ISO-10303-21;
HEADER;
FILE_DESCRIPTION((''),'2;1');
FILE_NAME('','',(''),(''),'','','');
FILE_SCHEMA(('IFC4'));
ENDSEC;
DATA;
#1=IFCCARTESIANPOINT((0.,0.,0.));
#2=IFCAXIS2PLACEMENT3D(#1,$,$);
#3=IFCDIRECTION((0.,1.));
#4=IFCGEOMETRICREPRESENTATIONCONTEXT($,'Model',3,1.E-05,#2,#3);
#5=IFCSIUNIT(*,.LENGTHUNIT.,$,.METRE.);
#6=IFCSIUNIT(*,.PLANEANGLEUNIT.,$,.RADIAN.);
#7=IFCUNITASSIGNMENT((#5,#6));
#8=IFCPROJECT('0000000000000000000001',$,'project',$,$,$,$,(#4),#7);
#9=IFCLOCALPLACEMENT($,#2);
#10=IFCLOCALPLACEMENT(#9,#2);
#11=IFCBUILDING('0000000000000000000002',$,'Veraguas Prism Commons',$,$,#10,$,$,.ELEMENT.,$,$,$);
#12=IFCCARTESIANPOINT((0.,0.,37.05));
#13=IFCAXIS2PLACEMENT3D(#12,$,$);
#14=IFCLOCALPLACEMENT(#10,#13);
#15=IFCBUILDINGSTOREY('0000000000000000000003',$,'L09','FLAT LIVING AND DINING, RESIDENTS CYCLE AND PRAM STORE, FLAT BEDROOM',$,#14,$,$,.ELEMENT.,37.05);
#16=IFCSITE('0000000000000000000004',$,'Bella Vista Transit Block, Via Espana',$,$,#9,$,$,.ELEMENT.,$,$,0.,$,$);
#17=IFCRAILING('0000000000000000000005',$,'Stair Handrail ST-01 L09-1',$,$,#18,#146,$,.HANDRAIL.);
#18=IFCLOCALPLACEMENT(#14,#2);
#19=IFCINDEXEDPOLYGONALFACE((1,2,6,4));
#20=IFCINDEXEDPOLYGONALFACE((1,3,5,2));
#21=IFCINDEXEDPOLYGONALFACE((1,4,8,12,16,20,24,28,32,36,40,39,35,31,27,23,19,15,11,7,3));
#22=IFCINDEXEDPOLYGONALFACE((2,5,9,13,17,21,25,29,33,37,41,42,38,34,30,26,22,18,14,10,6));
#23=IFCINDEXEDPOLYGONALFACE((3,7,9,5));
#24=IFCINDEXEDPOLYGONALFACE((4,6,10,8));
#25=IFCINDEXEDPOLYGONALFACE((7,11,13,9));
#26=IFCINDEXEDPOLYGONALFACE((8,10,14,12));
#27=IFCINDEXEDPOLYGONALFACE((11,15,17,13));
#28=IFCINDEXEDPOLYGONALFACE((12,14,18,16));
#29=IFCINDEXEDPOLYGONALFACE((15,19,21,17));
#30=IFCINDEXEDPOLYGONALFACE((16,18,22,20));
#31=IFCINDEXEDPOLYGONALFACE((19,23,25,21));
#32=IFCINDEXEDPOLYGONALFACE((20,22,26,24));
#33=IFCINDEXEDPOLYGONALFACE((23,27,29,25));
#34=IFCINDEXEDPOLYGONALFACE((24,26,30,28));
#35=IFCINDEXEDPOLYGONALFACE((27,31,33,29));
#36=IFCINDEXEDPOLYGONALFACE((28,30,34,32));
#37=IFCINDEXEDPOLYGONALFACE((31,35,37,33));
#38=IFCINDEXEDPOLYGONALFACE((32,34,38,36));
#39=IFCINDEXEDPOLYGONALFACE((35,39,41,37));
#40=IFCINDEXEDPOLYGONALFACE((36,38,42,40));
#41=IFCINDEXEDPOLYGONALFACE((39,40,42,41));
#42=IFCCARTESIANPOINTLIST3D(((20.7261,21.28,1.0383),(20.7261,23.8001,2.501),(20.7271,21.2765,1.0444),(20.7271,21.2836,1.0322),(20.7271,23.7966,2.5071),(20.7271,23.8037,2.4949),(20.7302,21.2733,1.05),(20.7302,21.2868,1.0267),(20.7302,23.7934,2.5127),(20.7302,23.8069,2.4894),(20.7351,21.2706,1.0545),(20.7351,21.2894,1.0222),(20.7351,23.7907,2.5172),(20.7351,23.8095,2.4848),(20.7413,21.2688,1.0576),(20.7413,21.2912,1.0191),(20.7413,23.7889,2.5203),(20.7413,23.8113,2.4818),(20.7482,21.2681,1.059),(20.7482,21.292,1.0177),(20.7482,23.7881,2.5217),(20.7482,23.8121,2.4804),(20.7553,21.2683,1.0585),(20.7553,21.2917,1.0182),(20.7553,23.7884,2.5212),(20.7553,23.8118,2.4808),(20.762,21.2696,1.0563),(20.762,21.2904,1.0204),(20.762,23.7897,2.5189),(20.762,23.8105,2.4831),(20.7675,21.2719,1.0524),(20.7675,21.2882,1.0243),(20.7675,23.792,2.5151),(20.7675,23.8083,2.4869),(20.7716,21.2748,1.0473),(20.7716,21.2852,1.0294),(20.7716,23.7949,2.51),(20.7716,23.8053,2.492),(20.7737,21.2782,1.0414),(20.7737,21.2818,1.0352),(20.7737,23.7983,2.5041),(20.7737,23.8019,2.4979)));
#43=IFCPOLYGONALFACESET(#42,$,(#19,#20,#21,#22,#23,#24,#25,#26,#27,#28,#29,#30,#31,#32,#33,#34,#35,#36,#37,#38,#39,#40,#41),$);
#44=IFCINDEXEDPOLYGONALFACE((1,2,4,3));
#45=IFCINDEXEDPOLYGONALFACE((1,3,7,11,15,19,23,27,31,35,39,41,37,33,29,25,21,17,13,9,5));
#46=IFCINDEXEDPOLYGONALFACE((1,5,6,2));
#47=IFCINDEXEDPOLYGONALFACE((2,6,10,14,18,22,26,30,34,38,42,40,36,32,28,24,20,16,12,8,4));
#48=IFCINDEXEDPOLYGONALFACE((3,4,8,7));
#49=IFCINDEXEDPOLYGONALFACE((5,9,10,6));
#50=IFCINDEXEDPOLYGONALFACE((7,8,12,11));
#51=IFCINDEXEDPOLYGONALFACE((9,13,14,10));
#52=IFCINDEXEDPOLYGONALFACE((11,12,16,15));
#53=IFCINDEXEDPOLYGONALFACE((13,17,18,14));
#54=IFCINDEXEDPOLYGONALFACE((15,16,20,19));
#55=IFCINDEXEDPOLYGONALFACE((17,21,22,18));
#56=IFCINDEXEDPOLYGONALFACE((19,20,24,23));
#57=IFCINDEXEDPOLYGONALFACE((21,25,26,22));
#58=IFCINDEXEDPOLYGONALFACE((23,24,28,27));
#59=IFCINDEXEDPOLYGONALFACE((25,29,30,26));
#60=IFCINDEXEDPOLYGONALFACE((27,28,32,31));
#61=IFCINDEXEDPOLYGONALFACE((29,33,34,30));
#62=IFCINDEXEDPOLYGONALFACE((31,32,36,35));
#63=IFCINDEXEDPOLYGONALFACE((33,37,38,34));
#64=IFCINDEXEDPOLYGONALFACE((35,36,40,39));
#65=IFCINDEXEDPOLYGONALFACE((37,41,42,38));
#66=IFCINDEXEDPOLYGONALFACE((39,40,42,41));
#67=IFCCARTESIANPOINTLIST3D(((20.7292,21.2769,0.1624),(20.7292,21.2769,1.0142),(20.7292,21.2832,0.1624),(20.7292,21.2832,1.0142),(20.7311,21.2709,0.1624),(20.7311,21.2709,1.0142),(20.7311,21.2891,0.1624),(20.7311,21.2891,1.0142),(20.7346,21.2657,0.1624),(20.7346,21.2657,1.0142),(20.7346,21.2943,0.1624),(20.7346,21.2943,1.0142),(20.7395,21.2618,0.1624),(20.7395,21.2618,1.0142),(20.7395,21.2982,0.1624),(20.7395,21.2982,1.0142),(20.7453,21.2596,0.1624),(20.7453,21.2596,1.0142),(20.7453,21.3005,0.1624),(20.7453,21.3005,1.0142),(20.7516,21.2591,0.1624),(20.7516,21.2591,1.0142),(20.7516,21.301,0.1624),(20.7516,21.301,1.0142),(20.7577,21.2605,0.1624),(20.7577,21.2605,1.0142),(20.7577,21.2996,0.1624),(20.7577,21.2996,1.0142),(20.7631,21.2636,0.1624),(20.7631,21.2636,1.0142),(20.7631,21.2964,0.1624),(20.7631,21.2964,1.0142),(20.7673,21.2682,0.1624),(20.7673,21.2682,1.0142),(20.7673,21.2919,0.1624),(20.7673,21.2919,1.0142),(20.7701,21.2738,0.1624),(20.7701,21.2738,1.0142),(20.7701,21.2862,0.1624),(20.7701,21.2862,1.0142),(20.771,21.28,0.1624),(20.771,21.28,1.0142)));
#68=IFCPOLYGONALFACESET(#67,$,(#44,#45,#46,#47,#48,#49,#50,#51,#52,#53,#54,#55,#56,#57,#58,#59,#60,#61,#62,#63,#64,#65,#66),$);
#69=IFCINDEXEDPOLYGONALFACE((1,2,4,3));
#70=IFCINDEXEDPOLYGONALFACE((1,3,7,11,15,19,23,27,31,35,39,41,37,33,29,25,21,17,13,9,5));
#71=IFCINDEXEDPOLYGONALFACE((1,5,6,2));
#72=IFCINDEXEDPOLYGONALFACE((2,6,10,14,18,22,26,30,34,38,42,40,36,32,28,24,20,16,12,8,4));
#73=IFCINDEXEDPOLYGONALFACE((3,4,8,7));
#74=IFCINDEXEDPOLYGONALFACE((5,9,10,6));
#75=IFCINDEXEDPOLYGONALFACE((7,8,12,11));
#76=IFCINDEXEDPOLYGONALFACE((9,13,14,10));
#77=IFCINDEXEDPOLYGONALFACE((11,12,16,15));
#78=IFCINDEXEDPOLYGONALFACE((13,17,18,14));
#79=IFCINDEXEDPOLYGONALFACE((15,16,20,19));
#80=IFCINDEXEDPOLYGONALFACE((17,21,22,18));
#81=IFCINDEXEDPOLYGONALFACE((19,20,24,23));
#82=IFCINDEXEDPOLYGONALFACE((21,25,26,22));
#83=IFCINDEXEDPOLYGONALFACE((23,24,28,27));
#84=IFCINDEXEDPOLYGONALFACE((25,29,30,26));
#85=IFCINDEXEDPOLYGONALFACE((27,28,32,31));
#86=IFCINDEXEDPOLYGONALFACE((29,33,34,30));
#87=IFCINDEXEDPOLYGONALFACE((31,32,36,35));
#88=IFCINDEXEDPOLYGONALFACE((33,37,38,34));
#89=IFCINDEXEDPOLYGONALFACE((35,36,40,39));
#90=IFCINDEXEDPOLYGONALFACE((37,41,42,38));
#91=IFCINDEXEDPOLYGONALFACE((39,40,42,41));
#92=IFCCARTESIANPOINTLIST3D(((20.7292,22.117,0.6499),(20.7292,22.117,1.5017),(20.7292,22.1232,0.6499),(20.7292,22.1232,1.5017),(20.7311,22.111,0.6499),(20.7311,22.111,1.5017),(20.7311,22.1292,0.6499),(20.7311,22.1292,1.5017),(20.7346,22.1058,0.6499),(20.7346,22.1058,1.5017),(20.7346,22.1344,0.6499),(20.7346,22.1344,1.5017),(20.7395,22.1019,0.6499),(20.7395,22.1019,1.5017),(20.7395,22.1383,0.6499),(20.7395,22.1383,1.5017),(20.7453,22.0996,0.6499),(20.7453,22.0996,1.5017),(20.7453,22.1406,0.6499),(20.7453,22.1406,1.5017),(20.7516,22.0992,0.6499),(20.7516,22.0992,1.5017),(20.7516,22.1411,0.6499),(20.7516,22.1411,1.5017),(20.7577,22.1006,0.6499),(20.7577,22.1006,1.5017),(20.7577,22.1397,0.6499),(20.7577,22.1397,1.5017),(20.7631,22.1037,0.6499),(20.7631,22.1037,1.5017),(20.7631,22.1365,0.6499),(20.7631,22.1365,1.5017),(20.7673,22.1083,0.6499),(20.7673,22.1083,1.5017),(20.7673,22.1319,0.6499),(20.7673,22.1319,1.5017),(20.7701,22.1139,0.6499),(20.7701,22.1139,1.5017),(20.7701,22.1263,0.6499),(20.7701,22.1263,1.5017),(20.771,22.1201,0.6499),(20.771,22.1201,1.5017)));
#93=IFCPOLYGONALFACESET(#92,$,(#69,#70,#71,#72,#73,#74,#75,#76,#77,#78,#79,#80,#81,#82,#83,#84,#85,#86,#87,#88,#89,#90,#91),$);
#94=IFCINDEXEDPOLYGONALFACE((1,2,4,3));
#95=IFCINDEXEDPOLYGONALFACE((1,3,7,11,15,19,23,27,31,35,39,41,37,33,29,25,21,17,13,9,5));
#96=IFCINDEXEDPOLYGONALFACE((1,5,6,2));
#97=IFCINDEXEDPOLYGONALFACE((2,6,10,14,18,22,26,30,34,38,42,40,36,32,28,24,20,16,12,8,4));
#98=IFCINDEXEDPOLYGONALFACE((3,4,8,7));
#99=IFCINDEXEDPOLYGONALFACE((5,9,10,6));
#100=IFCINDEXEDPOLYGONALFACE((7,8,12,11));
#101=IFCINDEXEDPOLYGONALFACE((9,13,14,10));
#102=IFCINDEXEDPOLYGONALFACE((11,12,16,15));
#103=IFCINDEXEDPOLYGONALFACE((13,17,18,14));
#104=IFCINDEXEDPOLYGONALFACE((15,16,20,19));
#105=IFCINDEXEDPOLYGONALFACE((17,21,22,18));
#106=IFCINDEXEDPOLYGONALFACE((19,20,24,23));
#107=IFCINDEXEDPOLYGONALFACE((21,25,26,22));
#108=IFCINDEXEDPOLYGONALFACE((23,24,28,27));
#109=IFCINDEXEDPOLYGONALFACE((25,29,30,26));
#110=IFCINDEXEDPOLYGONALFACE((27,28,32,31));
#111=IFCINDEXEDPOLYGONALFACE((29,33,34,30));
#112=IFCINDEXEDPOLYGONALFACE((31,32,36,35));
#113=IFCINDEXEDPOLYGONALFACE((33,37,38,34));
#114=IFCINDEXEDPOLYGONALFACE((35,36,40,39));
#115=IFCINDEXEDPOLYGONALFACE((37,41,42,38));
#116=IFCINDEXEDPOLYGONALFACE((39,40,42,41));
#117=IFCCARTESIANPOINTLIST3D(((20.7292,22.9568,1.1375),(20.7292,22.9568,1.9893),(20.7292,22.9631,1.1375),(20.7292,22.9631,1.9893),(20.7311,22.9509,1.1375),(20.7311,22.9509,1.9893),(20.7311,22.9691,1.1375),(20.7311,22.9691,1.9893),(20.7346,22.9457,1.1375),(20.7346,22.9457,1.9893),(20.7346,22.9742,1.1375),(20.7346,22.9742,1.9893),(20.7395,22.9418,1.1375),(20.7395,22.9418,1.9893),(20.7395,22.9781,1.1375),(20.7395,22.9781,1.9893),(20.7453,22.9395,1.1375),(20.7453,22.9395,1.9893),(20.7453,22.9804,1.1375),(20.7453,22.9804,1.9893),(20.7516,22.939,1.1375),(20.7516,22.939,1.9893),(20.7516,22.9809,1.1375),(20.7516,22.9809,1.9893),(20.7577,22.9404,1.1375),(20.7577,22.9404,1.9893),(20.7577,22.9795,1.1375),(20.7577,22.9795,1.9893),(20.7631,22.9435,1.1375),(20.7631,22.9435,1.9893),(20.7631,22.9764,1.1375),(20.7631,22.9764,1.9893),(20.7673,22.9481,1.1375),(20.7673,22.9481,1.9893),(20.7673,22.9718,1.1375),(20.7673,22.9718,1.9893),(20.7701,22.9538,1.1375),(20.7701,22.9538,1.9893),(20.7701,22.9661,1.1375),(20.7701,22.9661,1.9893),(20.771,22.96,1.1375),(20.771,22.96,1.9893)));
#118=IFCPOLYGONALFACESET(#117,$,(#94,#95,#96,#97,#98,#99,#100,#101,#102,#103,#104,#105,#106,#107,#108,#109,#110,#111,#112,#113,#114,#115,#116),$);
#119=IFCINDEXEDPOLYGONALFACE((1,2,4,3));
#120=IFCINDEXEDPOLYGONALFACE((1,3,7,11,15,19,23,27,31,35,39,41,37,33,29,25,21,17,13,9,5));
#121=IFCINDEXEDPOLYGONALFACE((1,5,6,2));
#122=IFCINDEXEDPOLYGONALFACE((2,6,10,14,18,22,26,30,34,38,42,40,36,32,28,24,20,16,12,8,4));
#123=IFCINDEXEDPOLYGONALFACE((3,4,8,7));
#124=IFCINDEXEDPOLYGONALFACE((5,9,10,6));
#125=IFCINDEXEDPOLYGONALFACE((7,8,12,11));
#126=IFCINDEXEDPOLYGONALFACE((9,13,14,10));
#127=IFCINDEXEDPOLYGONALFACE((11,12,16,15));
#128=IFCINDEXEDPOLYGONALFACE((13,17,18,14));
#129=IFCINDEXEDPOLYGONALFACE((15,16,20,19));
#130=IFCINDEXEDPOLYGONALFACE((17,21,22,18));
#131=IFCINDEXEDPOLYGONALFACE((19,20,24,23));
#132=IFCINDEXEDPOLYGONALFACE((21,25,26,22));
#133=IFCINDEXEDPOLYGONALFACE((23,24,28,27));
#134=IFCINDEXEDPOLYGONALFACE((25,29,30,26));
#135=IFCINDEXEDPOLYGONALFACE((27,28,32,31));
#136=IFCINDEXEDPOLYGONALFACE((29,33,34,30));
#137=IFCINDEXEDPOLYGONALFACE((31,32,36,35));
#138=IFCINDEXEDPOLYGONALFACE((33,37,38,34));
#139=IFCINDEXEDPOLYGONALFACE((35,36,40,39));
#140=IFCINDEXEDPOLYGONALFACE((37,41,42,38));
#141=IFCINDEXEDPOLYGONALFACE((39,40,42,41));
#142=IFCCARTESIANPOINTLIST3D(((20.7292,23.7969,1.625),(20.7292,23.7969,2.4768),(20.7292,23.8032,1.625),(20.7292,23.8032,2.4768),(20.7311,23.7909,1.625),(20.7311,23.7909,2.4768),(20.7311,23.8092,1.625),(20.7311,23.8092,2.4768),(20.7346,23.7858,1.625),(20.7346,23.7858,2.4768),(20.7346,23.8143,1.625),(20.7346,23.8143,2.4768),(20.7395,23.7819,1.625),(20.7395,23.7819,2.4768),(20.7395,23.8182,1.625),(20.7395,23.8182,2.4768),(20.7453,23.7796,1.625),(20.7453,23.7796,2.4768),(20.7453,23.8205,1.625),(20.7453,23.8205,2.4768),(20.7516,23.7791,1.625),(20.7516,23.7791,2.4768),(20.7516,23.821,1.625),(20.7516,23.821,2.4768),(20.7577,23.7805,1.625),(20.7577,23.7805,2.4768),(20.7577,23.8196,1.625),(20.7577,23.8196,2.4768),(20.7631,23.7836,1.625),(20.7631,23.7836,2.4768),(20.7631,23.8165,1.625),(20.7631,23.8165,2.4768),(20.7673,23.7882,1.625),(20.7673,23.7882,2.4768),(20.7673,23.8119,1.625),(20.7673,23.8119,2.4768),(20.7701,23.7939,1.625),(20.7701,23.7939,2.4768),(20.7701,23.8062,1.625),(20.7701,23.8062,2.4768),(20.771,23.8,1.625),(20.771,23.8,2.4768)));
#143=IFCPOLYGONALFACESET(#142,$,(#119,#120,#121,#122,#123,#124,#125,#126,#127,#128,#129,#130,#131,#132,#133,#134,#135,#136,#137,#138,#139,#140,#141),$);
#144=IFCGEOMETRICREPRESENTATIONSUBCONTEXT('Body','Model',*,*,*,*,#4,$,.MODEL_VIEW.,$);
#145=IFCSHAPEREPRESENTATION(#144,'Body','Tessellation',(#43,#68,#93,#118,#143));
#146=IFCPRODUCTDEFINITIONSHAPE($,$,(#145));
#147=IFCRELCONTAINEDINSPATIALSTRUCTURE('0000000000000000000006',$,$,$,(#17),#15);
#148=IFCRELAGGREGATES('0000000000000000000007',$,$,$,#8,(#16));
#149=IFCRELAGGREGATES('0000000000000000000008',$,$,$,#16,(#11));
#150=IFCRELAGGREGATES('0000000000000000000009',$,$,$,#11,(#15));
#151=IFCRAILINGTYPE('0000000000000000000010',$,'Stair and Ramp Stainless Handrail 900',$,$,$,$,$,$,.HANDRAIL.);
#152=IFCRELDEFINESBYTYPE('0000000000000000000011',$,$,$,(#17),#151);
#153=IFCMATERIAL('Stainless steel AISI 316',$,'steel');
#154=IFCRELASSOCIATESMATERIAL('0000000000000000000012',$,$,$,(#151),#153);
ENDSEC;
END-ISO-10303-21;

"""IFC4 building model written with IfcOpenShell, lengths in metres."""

from ifc_helpers import new_model, si_unit, direction, frame, origin, origin_2d, place, context, subcontext, project, spatial, circle, extrude, material, type_object, element, save


model = new_model("IFC4")

# Units and contexts
model_context = context("Model", 3, precision=1e-05, world=origin(), true_north=direction((0.0, 1.0)))
body_context = subcontext(model_context, "Body", "Model", "MODEL_VIEW")
ifc_project = project(units=[si_unit("LENGTHUNIT", "METRE"), si_unit("PLANEANGLEUNIT", "RADIAN")], contexts=[model_context])

# Site, building, storey
site_placement = place(None, origin())
site = spatial("IfcSite", under=ifc_project, at=site_placement, Name="Bella Vista Transit Block, Via Espana", CompositionType="ELEMENT", RefElevation=0.0)
building_placement = place(site_placement, origin())
building = spatial("IfcBuilding", under=site, at=building_placement, Name="Veraguas Prism Commons", CompositionType="ELEMENT")
storey_placement = place(building_placement, frame((0.0, 0.0, 37.05)))
storey = spatial("IfcBuildingStorey", under=building, at=storey_placement, Name="L09", Description="FLAT LIVING AND DINING, RESIDENTS CYCLE AND PRAM STORE, FLAT BEDROOM", CompositionType="ELEMENT", Elevation=37.05)

# Railing
ifc_material_1 = material(Name="Stainless steel AISI 316", Category="steel")
railing_type_1 = type_object("IfcRailingType", Name="Stair and Ramp Stainless Handrail 900", PredefinedType="HANDRAIL", material=ifc_material_1)
railing_1_placement = place(storey_placement, frame((20.75, 21.28, 0.1624)))
element("IfcRailing", 1, at=railing_1_placement, inside=storey, type_object=railing_type_1, Name="Stair Handrail ST-01 L09-1", PredefinedType="HANDRAIL", context=body_context, shape_type="SweptSolid", body=[
    extrude(circle(Radius=0.0239, at=origin_2d()), frame((0.0, 0.0, 0.876), z_axis=(0.0, 0.864877, 0.501984), x_axis=(-1.0, 0.0, 0.0)), (0.0, 0.0, 1.0), 2.9138),
    extrude(circle(Radius=0.021, at=origin_2d()), origin(), (0.0, 0.0, 1.0), 0.8518),
    extrude(circle(Radius=0.021, at=origin_2d()), frame((0.0, 0.8401, 0.4875)), (0.0, 0.0, 1.0), 0.8518),
    extrude(circle(Radius=0.021, at=origin_2d()), frame((0.0, 1.6799, 0.9751)), (0.0, 0.0, 1.0), 0.8518),
    extrude(circle(Radius=0.021, at=origin_2d()), frame((0.0, 2.52, 1.4626)), (0.0, 0.0, 1.0), 0.8518),
])

save(model, "model.ifc")
